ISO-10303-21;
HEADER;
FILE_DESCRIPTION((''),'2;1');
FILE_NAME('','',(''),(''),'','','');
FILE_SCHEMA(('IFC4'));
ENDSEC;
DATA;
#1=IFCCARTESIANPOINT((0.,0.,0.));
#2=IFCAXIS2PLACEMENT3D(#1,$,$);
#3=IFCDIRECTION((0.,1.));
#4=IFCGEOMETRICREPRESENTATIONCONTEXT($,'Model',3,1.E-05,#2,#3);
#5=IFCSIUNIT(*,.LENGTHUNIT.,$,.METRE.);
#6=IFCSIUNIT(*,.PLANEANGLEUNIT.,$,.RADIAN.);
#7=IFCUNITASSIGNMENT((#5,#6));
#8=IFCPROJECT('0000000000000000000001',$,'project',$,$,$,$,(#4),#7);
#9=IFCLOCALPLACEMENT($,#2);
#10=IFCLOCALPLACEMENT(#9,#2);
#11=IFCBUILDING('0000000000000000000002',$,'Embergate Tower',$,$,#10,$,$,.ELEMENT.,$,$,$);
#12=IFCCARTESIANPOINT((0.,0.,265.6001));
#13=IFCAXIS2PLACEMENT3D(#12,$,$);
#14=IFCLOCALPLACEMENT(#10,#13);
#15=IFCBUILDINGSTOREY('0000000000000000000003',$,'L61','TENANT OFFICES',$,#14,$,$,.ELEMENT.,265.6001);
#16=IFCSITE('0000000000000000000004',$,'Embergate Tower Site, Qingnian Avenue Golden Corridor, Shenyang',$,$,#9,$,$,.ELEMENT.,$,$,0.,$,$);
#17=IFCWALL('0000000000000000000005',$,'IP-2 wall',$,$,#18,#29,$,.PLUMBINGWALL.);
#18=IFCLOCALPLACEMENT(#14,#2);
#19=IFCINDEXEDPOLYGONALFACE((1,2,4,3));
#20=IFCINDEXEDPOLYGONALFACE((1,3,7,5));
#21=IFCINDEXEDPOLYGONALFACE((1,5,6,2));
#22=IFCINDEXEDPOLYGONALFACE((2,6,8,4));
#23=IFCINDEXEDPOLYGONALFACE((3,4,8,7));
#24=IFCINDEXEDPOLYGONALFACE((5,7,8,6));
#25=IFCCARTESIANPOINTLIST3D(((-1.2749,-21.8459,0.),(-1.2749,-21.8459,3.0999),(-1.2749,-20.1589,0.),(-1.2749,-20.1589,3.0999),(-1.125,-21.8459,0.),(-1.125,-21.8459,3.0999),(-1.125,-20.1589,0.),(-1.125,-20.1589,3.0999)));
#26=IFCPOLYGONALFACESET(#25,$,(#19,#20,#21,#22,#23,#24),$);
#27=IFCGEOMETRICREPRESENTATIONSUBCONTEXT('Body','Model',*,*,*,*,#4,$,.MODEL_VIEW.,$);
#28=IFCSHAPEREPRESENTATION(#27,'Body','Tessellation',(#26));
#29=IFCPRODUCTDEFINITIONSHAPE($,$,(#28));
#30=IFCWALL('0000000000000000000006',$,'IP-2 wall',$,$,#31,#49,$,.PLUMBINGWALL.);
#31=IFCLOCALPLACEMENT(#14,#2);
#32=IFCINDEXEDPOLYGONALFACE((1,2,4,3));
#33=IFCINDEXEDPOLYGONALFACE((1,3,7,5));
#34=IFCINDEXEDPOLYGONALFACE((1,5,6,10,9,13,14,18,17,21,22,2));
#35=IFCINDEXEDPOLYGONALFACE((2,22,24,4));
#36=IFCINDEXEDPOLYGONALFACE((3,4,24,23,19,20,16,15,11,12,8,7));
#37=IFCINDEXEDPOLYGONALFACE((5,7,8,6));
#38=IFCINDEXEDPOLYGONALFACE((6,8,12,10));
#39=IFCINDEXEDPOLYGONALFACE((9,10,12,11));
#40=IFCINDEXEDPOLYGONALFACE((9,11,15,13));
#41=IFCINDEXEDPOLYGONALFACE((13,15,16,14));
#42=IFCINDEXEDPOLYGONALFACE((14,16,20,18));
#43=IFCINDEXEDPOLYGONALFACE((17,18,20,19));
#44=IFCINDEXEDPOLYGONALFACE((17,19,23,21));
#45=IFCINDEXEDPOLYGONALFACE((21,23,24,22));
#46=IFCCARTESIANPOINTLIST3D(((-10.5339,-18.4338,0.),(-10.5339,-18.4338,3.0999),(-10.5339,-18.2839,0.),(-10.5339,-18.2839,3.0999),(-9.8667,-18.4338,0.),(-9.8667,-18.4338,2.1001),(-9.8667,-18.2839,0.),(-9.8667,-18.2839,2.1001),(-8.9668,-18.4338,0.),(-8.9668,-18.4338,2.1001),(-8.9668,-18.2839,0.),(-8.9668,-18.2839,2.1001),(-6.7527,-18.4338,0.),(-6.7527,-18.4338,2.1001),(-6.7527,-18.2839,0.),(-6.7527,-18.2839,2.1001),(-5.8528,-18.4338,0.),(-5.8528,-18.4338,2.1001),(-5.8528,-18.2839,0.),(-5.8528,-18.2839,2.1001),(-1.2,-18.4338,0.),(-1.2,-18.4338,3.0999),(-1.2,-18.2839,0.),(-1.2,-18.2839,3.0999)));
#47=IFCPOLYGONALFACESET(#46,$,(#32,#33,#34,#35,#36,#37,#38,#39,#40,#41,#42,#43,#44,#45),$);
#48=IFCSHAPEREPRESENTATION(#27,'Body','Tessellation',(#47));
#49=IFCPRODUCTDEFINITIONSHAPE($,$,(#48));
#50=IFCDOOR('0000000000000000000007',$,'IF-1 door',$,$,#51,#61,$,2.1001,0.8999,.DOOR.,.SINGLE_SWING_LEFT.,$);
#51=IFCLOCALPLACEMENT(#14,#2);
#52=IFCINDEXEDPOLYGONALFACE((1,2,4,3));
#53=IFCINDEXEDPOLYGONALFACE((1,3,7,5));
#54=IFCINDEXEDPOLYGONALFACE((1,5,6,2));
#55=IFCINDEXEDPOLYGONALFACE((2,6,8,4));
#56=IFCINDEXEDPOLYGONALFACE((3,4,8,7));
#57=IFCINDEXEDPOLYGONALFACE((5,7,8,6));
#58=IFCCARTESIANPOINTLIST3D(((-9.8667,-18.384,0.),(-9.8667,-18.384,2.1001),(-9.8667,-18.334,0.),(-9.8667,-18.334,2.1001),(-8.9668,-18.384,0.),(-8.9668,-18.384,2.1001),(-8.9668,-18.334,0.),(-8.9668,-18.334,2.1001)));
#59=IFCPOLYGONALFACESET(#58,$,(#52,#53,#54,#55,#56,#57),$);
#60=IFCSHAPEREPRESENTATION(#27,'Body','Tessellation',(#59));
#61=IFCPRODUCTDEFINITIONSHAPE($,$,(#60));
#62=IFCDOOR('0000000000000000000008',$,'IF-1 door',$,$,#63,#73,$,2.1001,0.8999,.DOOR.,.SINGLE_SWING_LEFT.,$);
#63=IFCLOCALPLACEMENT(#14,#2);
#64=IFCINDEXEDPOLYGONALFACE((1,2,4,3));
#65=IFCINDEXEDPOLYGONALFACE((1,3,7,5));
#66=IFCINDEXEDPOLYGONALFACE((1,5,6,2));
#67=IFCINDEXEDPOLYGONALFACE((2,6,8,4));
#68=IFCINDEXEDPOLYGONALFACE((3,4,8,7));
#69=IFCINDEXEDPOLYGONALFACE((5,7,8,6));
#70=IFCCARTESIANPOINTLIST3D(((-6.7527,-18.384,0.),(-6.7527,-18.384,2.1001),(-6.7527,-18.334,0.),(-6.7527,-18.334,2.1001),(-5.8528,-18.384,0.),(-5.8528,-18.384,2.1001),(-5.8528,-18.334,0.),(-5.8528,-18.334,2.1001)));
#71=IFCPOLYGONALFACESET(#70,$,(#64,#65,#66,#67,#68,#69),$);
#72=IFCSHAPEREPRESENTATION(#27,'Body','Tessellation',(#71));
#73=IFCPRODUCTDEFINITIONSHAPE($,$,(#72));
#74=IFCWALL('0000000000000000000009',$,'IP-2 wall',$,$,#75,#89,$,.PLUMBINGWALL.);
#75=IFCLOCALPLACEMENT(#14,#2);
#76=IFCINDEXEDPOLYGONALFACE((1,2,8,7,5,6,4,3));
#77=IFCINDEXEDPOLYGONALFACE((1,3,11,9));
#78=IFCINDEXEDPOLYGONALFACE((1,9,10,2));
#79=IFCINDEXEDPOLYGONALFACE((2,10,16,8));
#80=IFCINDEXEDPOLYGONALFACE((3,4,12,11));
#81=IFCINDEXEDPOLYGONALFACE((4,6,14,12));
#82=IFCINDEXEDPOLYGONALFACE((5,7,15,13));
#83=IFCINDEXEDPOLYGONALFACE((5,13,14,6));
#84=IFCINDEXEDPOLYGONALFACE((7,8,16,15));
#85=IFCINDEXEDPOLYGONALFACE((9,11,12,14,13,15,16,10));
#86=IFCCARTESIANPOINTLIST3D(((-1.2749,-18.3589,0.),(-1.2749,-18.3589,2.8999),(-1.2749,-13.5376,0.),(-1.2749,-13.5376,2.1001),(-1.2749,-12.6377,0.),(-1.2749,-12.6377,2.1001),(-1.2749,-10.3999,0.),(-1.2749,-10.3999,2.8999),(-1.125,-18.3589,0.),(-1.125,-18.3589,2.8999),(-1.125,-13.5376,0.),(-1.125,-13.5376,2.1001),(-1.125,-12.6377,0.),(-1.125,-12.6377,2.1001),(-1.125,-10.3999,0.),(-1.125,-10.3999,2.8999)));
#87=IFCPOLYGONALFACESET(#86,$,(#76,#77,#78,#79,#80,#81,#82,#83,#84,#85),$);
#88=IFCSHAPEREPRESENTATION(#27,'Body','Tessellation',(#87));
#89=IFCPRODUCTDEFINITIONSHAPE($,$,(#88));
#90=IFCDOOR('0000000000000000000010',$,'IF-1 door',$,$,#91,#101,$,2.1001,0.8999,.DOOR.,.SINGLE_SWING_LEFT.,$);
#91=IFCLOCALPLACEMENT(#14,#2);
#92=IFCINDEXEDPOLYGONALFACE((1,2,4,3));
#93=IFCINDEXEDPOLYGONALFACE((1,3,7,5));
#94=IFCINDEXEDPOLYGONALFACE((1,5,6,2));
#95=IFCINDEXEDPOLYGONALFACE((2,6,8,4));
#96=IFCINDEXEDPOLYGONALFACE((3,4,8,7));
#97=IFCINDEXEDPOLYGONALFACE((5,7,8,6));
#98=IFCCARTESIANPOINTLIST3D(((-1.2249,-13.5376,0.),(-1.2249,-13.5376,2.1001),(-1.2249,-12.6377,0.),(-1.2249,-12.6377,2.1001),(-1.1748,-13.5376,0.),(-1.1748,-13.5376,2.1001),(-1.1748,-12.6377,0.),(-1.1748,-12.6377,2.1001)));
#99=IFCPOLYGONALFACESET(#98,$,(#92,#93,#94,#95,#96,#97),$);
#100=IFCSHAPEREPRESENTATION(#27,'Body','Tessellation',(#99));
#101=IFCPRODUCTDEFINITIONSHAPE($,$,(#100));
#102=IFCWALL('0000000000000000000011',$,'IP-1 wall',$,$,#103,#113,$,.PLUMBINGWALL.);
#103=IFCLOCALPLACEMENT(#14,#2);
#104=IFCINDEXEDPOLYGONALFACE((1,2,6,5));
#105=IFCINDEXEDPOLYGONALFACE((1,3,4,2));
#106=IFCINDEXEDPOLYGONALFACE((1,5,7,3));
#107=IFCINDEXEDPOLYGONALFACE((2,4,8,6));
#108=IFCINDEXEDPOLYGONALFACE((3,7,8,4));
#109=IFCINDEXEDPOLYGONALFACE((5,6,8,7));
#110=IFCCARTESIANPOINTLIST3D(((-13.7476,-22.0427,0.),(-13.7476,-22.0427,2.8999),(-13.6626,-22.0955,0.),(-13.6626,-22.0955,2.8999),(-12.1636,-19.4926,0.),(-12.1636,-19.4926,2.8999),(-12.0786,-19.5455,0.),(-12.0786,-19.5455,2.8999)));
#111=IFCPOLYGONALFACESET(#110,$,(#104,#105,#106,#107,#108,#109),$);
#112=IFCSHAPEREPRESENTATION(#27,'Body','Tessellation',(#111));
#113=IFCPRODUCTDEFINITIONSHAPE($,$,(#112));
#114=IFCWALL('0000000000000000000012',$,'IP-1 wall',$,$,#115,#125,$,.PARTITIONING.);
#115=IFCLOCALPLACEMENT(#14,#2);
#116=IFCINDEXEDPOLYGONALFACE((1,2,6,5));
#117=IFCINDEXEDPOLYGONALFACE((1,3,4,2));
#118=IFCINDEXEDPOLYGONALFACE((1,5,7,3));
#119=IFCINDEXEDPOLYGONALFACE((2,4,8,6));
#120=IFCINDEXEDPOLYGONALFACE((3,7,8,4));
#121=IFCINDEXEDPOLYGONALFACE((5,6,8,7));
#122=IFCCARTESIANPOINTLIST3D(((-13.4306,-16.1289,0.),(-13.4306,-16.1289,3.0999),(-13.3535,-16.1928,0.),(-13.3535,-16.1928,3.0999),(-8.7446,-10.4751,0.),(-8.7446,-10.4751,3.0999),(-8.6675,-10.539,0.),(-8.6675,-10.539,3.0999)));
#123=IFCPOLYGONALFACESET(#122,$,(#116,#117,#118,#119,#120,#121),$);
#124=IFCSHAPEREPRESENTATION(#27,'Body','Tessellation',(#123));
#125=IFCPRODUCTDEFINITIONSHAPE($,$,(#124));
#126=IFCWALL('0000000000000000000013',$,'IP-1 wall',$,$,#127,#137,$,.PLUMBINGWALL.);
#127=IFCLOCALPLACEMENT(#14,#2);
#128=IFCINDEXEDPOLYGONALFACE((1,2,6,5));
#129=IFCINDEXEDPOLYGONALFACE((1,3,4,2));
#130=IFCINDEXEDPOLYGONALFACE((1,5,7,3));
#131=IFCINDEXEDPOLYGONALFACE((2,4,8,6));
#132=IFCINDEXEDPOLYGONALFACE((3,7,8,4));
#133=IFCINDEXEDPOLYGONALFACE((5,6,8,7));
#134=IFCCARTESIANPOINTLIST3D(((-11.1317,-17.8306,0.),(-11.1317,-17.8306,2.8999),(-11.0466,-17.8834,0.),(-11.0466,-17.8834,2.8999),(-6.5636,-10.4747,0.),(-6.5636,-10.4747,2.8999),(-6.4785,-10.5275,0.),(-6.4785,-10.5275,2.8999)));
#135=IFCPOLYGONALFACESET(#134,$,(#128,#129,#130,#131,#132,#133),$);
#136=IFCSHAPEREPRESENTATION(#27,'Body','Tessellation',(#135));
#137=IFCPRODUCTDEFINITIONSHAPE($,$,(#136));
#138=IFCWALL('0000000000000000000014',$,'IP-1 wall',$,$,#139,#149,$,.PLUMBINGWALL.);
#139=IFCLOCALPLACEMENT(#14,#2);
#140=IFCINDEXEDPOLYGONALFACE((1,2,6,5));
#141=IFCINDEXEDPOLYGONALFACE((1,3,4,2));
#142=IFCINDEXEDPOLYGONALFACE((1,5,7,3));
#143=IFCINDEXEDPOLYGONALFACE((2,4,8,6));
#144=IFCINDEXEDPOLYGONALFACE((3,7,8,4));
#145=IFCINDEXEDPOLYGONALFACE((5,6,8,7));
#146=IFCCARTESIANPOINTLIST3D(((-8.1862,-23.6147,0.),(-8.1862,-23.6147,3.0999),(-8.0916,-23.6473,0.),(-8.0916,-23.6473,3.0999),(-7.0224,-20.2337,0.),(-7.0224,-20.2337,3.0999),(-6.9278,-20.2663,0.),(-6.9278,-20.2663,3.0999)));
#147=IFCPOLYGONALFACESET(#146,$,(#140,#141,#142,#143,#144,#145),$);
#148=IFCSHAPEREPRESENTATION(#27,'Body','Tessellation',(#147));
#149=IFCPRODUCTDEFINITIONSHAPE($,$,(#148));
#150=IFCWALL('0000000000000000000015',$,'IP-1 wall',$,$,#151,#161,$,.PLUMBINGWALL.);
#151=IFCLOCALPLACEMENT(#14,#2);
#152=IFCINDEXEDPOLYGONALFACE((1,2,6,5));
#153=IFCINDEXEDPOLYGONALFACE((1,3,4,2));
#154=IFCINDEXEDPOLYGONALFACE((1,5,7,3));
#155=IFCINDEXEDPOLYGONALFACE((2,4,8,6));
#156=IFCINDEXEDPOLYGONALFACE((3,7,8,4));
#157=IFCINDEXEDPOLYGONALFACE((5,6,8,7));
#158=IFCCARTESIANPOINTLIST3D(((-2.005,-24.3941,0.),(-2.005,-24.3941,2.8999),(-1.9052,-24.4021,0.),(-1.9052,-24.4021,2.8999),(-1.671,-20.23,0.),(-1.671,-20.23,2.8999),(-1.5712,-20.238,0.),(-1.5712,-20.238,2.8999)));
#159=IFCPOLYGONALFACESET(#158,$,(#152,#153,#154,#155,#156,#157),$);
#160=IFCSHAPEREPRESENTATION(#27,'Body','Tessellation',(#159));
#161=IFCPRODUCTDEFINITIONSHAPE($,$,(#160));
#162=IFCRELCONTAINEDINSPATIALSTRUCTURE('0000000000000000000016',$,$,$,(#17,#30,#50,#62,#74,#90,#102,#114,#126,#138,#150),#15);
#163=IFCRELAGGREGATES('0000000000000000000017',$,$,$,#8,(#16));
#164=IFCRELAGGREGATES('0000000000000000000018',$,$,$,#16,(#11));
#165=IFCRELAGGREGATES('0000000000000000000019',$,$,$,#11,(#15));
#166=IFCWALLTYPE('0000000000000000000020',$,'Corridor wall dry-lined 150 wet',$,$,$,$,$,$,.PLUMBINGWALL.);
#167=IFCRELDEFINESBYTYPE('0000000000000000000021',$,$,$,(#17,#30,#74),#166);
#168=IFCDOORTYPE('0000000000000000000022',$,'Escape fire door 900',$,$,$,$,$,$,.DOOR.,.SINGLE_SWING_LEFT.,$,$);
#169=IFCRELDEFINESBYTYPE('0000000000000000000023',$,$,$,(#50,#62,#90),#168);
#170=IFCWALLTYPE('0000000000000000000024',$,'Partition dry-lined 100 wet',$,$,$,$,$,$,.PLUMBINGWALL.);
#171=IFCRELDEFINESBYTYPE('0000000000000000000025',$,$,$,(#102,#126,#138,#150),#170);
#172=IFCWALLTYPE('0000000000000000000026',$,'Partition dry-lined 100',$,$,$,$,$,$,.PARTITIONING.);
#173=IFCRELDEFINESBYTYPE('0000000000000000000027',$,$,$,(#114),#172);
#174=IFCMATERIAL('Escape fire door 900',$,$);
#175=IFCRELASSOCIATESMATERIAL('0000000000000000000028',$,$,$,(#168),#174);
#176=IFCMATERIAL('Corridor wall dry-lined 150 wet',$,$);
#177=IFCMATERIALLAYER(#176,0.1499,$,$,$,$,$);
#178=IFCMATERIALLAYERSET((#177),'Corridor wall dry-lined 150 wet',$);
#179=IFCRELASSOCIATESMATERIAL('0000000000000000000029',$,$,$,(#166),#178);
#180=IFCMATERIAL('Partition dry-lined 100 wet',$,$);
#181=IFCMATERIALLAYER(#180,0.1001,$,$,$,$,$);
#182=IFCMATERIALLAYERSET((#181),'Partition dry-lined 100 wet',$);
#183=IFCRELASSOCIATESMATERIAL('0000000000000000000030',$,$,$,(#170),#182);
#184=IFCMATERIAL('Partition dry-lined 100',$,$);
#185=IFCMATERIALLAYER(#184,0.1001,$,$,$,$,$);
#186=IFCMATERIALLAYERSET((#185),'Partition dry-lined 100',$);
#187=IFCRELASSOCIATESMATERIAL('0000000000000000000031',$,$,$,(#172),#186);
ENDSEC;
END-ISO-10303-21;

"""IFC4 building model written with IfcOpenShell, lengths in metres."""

from ifc_helpers import new_model, si_unit, direction, frame, frame_2d, origin, place, context, subcontext, project, spatial, rectangle, extrude, source, transform, mapped, material, layer, layer_set, type_object, element, fill, save


model = new_model("IFC4")

# Units and contexts
model_context = context("Model", 3, precision=1e-05, world=origin(), true_north=direction((0.0, 1.0)))
body_context = subcontext(model_context, "Body", "Model", "MODEL_VIEW")
ifc_project = project(units=[si_unit("LENGTHUNIT", "METRE"), si_unit("PLANEANGLEUNIT", "RADIAN")], contexts=[model_context])

# Site, building, storey
site_placement = place(None, origin())
site = spatial("IfcSite", under=ifc_project, at=site_placement, Name="Embergate Tower Site, Qingnian Avenue Golden Corridor, Shenyang", CompositionType="ELEMENT", RefElevation=0.0)
building_placement = place(site_placement, origin())
building = spatial("IfcBuilding", under=site, at=building_placement, Name="Embergate Tower", CompositionType="ELEMENT")
storey_placement = place(building_placement, frame((0.0, 0.0, 265.6001)))
storey = spatial("IfcBuildingStorey", under=building, at=storey_placement, Name="L61", Description="TENANT OFFICES", CompositionType="ELEMENT", Elevation=265.6001)

# Shared definitions
shared_shape_1 = source(origin(), body_context, "Body", "SweptSolid", [
    extrude(rectangle(XDim=0.8999, YDim=2.1001, at=frame_2d((0.45, 1.05))), frame((0.0, 0.085, 0.0), z_axis=(0.0, -1.0, 0.0), x_axis=(1.0, 0.0, 0.0)), (0.0, 0.0, 1.0), 0.1699),
])
ifc_material_1 = material(Name="Escape fire door 900")
door_type_1 = type_object("IfcDoorType", Name="Escape fire door 900", OperationType="SINGLE_SWING_LEFT", PredefinedType="DOOR", material=ifc_material_1)
shared_shape_2 = source(origin(), body_context, "Body", "SweptSolid", [
    extrude(rectangle(XDim=0.8999, YDim=2.1001, at=frame_2d((0.45, 1.05))), frame((0.0, 0.0249, 0.0), z_axis=(0.0, -1.0, 0.0), x_axis=(1.0, 0.0, 0.0)), (0.0, 0.0, 1.0), 0.05),
])
ifc_material_2 = material(Name="Corridor wall dry-lined 150 wet")
ifc_layer_1 = layer(ifc_material_2, 0.1499)
ifc_layer_set_1 = layer_set([ifc_layer_1], Name="Corridor wall dry-lined 150 wet")
wall_type_1 = type_object("IfcWallType", Name="Corridor wall dry-lined 150 wet", PredefinedType="PLUMBINGWALL", material=ifc_layer_set_1)

# Wall
shared_shape_3 = source(origin(), body_context, "Body", "SweptSolid", [
    extrude(rectangle(XDim=1.687, YDim=0.1499, at=frame_2d((0.8435, 0.0))), origin(), (0.0, 0.0, 1.0), 3.0999),
])
wall_1_placement = place(storey_placement, frame((-1.2, -21.8459, 0.0), z_axis=(0.0, 0.0, 1.0), x_axis=(0.0, 1.0, 0.0)))
element("IfcWall", 1, at=wall_1_placement, inside=storey, type_object=wall_type_1, Name="IP-2 wall", PredefinedType="PLUMBINGWALL", context=body_context, shape_type="MappedRepresentation", body=[
    mapped(shared_shape_3, transform((0.0, 0.0, 0.0))),
])

# Wall, openings, doors
shared_shape_4 = source(origin(), body_context, "Body", "SweptSolid", [
    extrude(rectangle(XDim=9.334, YDim=0.1499, at=frame_2d((4.667, 0.0))), origin(), (0.0, 0.0, 1.0), 3.0999),
])
wall_2_placement = place(storey_placement, frame((-10.5339, -18.3589, 0.0), z_axis=(0.0, 0.0, 1.0), x_axis=(1.0, 0.0, 0.0)))
wall_2 = element("IfcWall", 2, at=wall_2_placement, inside=storey, type_object=wall_type_1, Name="IP-2 wall", PredefinedType="PLUMBINGWALL", context=body_context, shape_type="MappedRepresentation", body=[
    mapped(shared_shape_4, transform((0.0, 0.0, 0.0))),
])
opening_1_placement = place(wall_2_placement, frame((0.6672, 0.0, 0.0)))
opening_1 = element("IfcOpeningElement", 3, at=opening_1_placement, cuts=wall_2, PredefinedType="OPENING", context=body_context, shape_type="MappedRepresentation", body=[
    mapped(shared_shape_1, transform((0.0, 0.0, 0.0))),
])
opening_2_placement = place(wall_2_placement, frame((3.7812, 0.0, 0.0)))
opening_2 = element("IfcOpeningElement", 4, at=opening_2_placement, cuts=wall_2, PredefinedType="OPENING", context=body_context, shape_type="MappedRepresentation", body=[
    mapped(shared_shape_1, transform((0.0, 0.0, 0.0))),
])
door_1_placement = place(opening_1_placement, origin())
door_1 = element("IfcDoor", 5, at=door_1_placement, inside=storey, type_object=door_type_1, Name="IF-1 door", OperationType="SINGLE_SWING_LEFT", OverallHeight=2.1001, OverallWidth=0.8999, PredefinedType="DOOR", context=body_context, shape_type="MappedRepresentation", body=[
    mapped(shared_shape_2, transform((0.0, 0.0, 0.0))),
])
fill(opening_1, door_1)
door_2_placement = place(opening_2_placement, origin())
door_2 = element("IfcDoor", 6, at=door_2_placement, inside=storey, type_object=door_type_1, Name="IF-1 door", OperationType="SINGLE_SWING_LEFT", OverallHeight=2.1001, OverallWidth=0.8999, PredefinedType="DOOR", context=body_context, shape_type="MappedRepresentation", body=[
    mapped(shared_shape_2, transform((0.0, 0.0, 0.0))),
])
fill(opening_2, door_2)

# Wall, opening, door
shared_shape_5 = source(origin(), body_context, "Body", "SweptSolid", [
    extrude(rectangle(XDim=7.959, YDim=0.1499, at=frame_2d((3.9795, 0.0))), origin(), (0.0, 0.0, 1.0), 2.8999),
])
wall_3_placement = place(storey_placement, frame((-1.2, -18.3589, 0.0), z_axis=(0.0, 0.0, 1.0), x_axis=(0.0, 1.0, 0.0)))
wall_3 = element("IfcWall", 7, at=wall_3_placement, inside=storey, type_object=wall_type_1, Name="IP-2 wall", PredefinedType="PLUMBINGWALL", context=body_context, shape_type="MappedRepresentation", body=[
    mapped(shared_shape_5, transform((0.0, 0.0, 0.0))),
])
opening_3_placement = place(wall_3_placement, frame((4.8213, 0.0, 0.0)))
opening_3 = element("IfcOpeningElement", 8, at=opening_3_placement, cuts=wall_3, PredefinedType="OPENING", context=body_context, shape_type="MappedRepresentation", body=[
    mapped(shared_shape_1, transform((0.0, 0.0, 0.0))),
])
door_3_placement = place(opening_3_placement, origin())
door_3 = element("IfcDoor", 9, at=door_3_placement, inside=storey, type_object=door_type_1, Name="IF-1 door", OperationType="SINGLE_SWING_LEFT", OverallHeight=2.1001, OverallWidth=0.8999, PredefinedType="DOOR", context=body_context, shape_type="MappedRepresentation", body=[
    mapped(shared_shape_2, transform((0.0, 0.0, 0.0))),
])
fill(opening_3, door_3)

# Walls
ifc_material_3 = material(Name="Partition dry-lined 100 wet")
ifc_layer_2 = layer(ifc_material_3, 0.1001)
ifc_layer_set_2 = layer_set([ifc_layer_2], Name="Partition dry-lined 100 wet")
wall_type_2 = type_object("IfcWallType", Name="Partition dry-lined 100 wet", PredefinedType="PLUMBINGWALL", material=ifc_layer_set_2)
shared_shape_6 = source(origin(), body_context, "Body", "SweptSolid", [
    extrude(rectangle(XDim=3.002, YDim=0.1001, at=frame_2d((1.501, 0.0))), origin(), (0.0, 0.0, 1.0), 2.8999),
])
wall_4_placement = place(storey_placement, frame((-12.1211, -19.519, 0.0), z_axis=(0.0, 0.0, 1.0), x_axis=(-0.52765, -0.849462, 0.0)))
element("IfcWall", 10, at=wall_4_placement, inside=storey, type_object=wall_type_2, Name="IP-1 wall", PredefinedType="PLUMBINGWALL", context=body_context, shape_type="MappedRepresentation", body=[
    mapped(shared_shape_6, transform((0.0, 0.0, 0.0))),
])
ifc_material_4 = material(Name="Partition dry-lined 100")
ifc_layer_3 = layer(ifc_material_4, 0.1001)
ifc_layer_set_3 = layer_set([ifc_layer_3], Name="Partition dry-lined 100")
wall_type_3 = type_object("IfcWallType", Name="Partition dry-lined 100", PredefinedType="PARTITIONING", material=ifc_layer_set_3)
shared_shape_7 = source(origin(), body_context, "Body", "SweptSolid", [
    extrude(rectangle(XDim=7.3433, YDim=0.1001, at=frame_2d((3.6716, 0.0))), origin(), (0.0, 0.0, 1.0), 3.0999),
])
wall_5_placement = place(storey_placement, frame((-8.7061, -10.5071, 0.0), z_axis=(0.0, 0.0, 1.0), x_axis=(-0.638135, -0.769924, 0.0)))
element("IfcWall", 11, at=wall_5_placement, inside=storey, type_object=wall_type_3, Name="IP-1 wall", PredefinedType="PARTITIONING", context=body_context, shape_type="MappedRepresentation", body=[
    mapped(shared_shape_7, transform((0.0, 0.0, 0.0))),
])
shared_shape_8 = source(origin(), body_context, "Body", "SweptSolid", [
    extrude(rectangle(XDim=8.6589, YDim=0.1001, at=frame_2d((4.3296, 0.0))), origin(), (0.0, 0.0, 1.0), 2.8999),
])
wall_6_placement = place(storey_placement, frame((-6.521, -10.501, 0.0), z_axis=(0.0, 0.0, 1.0), x_axis=(-0.527559, -0.849519, 0.0)))
element("IfcWall", 12, at=wall_6_placement, inside=storey, type_object=wall_type_2, Name="IP-1 wall", PredefinedType="PLUMBINGWALL", context=body_context, shape_type="MappedRepresentation", body=[
    mapped(shared_shape_8, transform((0.0, 0.0, 0.0))),
])
shared_shape_9 = source(origin(), body_context, "Body", "SweptSolid", [
    extrude(rectangle(XDim=3.5757, YDim=0.1001, at=frame_2d((1.7878, 0.0))), origin(), (0.0, 0.0, 1.0), 3.0999),
])
wall_7_placement = place(storey_placement, frame((-6.9751, -20.25, 0.0), z_axis=(0.0, 0.0, 1.0), x_axis=(-0.325471, -0.945552, 0.0)))
element("IfcWall", 13, at=wall_7_placement, inside=storey, type_object=wall_type_2, Name="IP-1 wall", PredefinedType="PLUMBINGWALL", context=body_context, shape_type="MappedRepresentation", body=[
    mapped(shared_shape_9, transform((0.0, 0.0, 0.0))),
])
shared_shape_10 = source(origin(), body_context, "Body", "SweptSolid", [
    extrude(rectangle(XDim=4.1775, YDim=0.1001, at=frame_2d((2.0889, 0.0))), origin(), (0.0, 0.0, 1.0), 2.8999),
])
wall_8_placement = place(storey_placement, frame((-1.6211, -20.2339, 0.0), z_axis=(0.0, 0.0, 1.0), x_axis=(-0.07995, -0.996799, 0.0)))
element("IfcWall", 14, at=wall_8_placement, inside=storey, type_object=wall_type_2, Name="IP-1 wall", PredefinedType="PLUMBINGWALL", context=body_context, shape_type="MappedRepresentation", body=[
    mapped(shared_shape_10, transform((0.0, 0.0, 0.0))),
])

save(model, "model.ifc")
